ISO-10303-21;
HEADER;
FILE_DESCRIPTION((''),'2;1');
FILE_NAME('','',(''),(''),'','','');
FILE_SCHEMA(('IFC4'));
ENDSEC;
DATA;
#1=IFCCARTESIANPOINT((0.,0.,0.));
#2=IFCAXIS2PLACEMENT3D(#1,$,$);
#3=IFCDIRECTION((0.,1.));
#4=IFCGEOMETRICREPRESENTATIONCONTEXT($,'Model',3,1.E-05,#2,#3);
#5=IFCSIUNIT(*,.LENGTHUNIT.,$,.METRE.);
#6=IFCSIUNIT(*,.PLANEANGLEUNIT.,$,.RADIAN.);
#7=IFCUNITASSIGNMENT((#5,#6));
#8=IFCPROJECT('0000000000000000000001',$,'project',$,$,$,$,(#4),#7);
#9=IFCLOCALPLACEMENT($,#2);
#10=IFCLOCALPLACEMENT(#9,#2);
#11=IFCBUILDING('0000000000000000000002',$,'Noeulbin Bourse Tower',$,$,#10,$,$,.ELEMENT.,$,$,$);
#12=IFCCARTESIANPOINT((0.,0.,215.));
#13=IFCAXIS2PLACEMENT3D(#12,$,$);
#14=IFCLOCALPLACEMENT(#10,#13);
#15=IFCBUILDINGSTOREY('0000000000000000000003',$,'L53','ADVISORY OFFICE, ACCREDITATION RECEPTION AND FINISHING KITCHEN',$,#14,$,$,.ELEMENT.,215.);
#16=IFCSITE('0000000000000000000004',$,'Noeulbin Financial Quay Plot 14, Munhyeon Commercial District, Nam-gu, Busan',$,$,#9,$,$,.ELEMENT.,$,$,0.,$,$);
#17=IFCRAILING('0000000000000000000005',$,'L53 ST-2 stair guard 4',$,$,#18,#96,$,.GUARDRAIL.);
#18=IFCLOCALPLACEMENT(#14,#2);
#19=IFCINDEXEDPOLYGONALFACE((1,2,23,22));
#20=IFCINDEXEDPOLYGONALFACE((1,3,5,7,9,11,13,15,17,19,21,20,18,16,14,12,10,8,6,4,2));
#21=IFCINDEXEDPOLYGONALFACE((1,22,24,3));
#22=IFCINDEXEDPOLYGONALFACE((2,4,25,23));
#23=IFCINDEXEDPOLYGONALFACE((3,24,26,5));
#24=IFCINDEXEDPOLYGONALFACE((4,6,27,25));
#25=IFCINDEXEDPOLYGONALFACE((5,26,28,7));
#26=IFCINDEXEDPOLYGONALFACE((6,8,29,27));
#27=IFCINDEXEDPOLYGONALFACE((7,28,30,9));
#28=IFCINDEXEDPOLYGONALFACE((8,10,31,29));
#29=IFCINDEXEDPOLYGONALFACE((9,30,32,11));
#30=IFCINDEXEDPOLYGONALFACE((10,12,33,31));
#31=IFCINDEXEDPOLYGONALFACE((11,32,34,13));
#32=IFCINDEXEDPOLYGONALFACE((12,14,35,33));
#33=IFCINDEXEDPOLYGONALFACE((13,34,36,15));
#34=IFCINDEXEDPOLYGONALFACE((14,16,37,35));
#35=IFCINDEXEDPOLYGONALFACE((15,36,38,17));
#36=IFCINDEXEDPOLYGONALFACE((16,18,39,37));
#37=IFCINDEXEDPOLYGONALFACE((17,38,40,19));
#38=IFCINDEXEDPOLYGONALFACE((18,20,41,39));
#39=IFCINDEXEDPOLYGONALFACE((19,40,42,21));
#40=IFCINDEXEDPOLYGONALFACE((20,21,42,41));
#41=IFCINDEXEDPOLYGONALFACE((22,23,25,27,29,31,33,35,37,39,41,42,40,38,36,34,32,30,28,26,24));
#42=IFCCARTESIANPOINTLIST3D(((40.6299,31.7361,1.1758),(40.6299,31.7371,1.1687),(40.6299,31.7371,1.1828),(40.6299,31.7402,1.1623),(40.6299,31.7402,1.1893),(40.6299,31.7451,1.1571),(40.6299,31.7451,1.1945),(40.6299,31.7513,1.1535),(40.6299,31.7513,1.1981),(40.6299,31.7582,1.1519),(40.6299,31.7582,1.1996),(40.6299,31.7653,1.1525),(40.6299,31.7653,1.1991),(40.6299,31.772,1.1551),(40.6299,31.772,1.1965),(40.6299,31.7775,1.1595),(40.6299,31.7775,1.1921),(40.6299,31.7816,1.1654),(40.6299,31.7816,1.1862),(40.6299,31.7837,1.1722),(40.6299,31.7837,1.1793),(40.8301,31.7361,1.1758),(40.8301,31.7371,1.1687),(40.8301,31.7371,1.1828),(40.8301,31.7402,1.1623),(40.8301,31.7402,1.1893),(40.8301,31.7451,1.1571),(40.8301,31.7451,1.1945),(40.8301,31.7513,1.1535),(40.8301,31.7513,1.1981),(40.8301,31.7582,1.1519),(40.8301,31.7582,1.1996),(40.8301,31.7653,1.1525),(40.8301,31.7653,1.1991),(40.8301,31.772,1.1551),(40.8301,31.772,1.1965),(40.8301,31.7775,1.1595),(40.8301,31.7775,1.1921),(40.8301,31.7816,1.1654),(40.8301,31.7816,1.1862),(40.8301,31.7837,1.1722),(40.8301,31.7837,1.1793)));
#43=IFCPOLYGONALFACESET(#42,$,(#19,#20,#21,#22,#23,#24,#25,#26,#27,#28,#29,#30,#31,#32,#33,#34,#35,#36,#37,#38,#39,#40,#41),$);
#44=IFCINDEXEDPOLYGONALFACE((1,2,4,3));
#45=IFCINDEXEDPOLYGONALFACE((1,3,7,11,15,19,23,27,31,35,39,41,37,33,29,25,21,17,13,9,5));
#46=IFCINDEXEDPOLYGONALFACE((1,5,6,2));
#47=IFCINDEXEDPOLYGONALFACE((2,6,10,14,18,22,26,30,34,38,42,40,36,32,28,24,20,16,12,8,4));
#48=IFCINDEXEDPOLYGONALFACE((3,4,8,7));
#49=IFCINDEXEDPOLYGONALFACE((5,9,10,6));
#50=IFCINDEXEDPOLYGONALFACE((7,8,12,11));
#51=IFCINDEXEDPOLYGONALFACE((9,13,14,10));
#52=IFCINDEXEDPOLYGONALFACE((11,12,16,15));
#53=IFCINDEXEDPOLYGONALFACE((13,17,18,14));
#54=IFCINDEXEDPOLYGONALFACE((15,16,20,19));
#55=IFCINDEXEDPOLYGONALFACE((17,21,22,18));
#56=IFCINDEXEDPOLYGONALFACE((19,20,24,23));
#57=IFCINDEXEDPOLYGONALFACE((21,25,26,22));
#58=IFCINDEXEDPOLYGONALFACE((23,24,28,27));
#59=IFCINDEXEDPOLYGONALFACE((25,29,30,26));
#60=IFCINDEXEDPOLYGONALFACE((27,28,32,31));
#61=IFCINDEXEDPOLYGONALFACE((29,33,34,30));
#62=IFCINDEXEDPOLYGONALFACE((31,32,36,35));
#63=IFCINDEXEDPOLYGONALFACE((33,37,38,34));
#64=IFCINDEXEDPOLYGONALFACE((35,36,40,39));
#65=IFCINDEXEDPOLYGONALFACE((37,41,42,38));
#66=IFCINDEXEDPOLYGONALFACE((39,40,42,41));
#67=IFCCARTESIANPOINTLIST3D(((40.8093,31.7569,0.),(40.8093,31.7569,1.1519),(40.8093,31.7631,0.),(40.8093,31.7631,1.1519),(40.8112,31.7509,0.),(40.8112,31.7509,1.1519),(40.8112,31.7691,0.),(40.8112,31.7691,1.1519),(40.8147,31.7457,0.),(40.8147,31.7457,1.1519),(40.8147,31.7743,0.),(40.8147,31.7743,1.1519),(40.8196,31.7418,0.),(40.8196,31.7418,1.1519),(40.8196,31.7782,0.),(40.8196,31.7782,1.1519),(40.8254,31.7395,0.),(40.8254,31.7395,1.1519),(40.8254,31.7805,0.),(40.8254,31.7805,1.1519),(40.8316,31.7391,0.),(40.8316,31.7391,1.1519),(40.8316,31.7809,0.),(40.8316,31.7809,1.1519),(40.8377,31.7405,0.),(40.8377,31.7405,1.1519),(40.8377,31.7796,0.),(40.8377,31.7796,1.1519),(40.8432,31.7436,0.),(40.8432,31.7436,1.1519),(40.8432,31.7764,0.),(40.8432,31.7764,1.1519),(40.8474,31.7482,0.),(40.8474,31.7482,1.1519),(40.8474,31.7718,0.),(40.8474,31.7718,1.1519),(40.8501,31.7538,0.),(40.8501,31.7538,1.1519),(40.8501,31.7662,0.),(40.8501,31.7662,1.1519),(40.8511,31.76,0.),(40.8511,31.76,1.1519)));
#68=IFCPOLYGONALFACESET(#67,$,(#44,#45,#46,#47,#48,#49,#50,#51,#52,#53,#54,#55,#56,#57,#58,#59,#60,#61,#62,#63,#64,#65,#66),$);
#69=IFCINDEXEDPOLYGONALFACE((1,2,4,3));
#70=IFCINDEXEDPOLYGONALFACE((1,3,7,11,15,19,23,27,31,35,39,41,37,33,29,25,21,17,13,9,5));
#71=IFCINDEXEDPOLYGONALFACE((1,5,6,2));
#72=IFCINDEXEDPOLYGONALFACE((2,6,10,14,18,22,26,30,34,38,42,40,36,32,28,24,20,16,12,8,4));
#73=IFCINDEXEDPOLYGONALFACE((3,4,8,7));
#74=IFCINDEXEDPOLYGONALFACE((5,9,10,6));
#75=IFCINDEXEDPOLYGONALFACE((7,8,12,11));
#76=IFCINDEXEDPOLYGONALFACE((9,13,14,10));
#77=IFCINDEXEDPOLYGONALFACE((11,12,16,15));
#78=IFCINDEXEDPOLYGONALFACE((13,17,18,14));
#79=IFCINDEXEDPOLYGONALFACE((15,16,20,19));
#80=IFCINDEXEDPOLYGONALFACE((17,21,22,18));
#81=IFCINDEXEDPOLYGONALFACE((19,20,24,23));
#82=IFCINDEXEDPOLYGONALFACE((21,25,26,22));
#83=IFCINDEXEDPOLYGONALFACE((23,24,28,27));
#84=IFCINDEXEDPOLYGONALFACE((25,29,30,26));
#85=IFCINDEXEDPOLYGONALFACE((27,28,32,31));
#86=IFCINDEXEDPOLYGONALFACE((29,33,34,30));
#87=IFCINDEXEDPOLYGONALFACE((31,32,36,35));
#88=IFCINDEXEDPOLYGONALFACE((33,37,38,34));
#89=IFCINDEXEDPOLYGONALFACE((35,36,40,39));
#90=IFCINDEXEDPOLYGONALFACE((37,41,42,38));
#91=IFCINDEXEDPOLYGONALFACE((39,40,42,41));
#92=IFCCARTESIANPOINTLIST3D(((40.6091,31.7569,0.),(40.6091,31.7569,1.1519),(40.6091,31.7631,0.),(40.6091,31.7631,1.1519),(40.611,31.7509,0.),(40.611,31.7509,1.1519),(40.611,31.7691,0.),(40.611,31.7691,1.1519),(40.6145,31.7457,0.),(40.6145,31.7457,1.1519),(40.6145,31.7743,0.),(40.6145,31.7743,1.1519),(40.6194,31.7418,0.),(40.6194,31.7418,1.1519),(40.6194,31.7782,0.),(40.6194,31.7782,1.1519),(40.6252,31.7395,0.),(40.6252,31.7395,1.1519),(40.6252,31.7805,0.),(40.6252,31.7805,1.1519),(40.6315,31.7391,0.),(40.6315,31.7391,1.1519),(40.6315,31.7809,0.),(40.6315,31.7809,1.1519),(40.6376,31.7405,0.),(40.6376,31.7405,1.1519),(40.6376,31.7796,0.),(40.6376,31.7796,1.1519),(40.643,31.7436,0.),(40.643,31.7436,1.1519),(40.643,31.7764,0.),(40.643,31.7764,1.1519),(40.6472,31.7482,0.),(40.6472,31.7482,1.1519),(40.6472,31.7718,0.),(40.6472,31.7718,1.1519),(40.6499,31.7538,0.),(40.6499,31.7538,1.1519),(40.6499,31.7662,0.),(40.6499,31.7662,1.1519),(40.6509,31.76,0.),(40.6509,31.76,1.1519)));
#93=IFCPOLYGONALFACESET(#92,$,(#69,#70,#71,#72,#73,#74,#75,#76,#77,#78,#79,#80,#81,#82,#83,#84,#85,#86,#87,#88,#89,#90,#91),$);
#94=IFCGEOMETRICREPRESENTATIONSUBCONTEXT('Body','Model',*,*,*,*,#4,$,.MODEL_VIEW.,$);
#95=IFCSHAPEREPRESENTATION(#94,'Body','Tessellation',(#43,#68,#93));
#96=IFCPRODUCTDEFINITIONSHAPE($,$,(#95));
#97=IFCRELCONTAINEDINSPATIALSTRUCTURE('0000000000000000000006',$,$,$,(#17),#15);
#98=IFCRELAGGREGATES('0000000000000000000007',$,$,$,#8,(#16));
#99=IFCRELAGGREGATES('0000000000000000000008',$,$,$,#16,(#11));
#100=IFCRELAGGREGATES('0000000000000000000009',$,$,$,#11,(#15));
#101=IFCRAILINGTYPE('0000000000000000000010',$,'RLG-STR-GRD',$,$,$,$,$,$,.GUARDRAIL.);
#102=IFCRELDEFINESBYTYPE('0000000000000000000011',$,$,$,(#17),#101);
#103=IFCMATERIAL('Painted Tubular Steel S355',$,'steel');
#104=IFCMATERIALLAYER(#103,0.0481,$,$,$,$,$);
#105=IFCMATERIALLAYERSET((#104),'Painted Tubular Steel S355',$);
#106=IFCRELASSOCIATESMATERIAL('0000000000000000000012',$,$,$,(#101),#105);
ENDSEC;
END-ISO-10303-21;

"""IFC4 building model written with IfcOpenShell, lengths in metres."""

from ifc_helpers import new_model, si_unit, direction, frame, origin, origin_2d, place, context, subcontext, project, spatial, circle, extrude, material, layer, layer_set, type_object, element, save


model = new_model("IFC4")

# Units and contexts
model_context = context("Model", 3, precision=1e-05, world=origin(), true_north=direction((0.0, 1.0)))
body_context = subcontext(model_context, "Body", "Model", "MODEL_VIEW")
ifc_project = project(units=[si_unit("LENGTHUNIT", "METRE"), si_unit("PLANEANGLEUNIT", "RADIAN")], contexts=[model_context])

# Site, building, storey
site_placement = place(None, origin())
site = spatial("IfcSite", under=ifc_project, at=site_placement, Name="Noeulbin Financial Quay Plot 14, Munhyeon Commercial District, Nam-gu, Busan", CompositionType="ELEMENT", RefElevation=0.0)
building_placement = place(site_placement, origin())
building = spatial("IfcBuilding", under=site, at=building_placement, Name="Noeulbin Bourse Tower", CompositionType="ELEMENT")
storey_placement = place(building_placement, frame((0.0, 0.0, 215.0)))
storey = spatial("IfcBuildingStorey", under=building, at=storey_placement, Name="L53", Description="ADVISORY OFFICE, ACCREDITATION RECEPTION AND FINISHING KITCHEN", CompositionType="ELEMENT", Elevation=215.0)

# Railing
ifc_material_1 = material(Name="Painted Tubular Steel S355", Category="steel")
ifc_layer_1 = layer(ifc_material_1, 0.0481)
ifc_layer_set_1 = layer_set([ifc_layer_1], Name="Painted Tubular Steel S355")
railing_type = type_object("IfcRailingType", Name="RLG-STR-GRD", PredefinedType="GUARDRAIL", material=ifc_layer_set_1)
railing_1_placement = place(storey_placement, frame((40.8301, 31.76, 0.0)))
element("IfcRailing", 1, at=railing_1_placement, inside=storey, type_object=railing_type, Name="L53 ST-2 stair guard 4", PredefinedType="GUARDRAIL", context=body_context, shape_type="SweptSolid", body=[
    extrude(circle(Radius=0.0239, at=origin_2d()), frame((0.0, 0.0, 1.1758), z_axis=(-1.0, 0.0, 0.0), x_axis=(0.0, -1.0, 0.0)), (0.0, 0.0, 1.0), 0.2002),
    extrude(circle(Radius=0.021, at=origin_2d()), origin(), (0.0, 0.0, 1.0), 1.1519),
    extrude(circle(Radius=0.021, at=origin_2d()), frame((-0.2002, 0.0, 0.0)), (0.0, 0.0, 1.0), 1.1519),
])

save(model, "model.ifc")
